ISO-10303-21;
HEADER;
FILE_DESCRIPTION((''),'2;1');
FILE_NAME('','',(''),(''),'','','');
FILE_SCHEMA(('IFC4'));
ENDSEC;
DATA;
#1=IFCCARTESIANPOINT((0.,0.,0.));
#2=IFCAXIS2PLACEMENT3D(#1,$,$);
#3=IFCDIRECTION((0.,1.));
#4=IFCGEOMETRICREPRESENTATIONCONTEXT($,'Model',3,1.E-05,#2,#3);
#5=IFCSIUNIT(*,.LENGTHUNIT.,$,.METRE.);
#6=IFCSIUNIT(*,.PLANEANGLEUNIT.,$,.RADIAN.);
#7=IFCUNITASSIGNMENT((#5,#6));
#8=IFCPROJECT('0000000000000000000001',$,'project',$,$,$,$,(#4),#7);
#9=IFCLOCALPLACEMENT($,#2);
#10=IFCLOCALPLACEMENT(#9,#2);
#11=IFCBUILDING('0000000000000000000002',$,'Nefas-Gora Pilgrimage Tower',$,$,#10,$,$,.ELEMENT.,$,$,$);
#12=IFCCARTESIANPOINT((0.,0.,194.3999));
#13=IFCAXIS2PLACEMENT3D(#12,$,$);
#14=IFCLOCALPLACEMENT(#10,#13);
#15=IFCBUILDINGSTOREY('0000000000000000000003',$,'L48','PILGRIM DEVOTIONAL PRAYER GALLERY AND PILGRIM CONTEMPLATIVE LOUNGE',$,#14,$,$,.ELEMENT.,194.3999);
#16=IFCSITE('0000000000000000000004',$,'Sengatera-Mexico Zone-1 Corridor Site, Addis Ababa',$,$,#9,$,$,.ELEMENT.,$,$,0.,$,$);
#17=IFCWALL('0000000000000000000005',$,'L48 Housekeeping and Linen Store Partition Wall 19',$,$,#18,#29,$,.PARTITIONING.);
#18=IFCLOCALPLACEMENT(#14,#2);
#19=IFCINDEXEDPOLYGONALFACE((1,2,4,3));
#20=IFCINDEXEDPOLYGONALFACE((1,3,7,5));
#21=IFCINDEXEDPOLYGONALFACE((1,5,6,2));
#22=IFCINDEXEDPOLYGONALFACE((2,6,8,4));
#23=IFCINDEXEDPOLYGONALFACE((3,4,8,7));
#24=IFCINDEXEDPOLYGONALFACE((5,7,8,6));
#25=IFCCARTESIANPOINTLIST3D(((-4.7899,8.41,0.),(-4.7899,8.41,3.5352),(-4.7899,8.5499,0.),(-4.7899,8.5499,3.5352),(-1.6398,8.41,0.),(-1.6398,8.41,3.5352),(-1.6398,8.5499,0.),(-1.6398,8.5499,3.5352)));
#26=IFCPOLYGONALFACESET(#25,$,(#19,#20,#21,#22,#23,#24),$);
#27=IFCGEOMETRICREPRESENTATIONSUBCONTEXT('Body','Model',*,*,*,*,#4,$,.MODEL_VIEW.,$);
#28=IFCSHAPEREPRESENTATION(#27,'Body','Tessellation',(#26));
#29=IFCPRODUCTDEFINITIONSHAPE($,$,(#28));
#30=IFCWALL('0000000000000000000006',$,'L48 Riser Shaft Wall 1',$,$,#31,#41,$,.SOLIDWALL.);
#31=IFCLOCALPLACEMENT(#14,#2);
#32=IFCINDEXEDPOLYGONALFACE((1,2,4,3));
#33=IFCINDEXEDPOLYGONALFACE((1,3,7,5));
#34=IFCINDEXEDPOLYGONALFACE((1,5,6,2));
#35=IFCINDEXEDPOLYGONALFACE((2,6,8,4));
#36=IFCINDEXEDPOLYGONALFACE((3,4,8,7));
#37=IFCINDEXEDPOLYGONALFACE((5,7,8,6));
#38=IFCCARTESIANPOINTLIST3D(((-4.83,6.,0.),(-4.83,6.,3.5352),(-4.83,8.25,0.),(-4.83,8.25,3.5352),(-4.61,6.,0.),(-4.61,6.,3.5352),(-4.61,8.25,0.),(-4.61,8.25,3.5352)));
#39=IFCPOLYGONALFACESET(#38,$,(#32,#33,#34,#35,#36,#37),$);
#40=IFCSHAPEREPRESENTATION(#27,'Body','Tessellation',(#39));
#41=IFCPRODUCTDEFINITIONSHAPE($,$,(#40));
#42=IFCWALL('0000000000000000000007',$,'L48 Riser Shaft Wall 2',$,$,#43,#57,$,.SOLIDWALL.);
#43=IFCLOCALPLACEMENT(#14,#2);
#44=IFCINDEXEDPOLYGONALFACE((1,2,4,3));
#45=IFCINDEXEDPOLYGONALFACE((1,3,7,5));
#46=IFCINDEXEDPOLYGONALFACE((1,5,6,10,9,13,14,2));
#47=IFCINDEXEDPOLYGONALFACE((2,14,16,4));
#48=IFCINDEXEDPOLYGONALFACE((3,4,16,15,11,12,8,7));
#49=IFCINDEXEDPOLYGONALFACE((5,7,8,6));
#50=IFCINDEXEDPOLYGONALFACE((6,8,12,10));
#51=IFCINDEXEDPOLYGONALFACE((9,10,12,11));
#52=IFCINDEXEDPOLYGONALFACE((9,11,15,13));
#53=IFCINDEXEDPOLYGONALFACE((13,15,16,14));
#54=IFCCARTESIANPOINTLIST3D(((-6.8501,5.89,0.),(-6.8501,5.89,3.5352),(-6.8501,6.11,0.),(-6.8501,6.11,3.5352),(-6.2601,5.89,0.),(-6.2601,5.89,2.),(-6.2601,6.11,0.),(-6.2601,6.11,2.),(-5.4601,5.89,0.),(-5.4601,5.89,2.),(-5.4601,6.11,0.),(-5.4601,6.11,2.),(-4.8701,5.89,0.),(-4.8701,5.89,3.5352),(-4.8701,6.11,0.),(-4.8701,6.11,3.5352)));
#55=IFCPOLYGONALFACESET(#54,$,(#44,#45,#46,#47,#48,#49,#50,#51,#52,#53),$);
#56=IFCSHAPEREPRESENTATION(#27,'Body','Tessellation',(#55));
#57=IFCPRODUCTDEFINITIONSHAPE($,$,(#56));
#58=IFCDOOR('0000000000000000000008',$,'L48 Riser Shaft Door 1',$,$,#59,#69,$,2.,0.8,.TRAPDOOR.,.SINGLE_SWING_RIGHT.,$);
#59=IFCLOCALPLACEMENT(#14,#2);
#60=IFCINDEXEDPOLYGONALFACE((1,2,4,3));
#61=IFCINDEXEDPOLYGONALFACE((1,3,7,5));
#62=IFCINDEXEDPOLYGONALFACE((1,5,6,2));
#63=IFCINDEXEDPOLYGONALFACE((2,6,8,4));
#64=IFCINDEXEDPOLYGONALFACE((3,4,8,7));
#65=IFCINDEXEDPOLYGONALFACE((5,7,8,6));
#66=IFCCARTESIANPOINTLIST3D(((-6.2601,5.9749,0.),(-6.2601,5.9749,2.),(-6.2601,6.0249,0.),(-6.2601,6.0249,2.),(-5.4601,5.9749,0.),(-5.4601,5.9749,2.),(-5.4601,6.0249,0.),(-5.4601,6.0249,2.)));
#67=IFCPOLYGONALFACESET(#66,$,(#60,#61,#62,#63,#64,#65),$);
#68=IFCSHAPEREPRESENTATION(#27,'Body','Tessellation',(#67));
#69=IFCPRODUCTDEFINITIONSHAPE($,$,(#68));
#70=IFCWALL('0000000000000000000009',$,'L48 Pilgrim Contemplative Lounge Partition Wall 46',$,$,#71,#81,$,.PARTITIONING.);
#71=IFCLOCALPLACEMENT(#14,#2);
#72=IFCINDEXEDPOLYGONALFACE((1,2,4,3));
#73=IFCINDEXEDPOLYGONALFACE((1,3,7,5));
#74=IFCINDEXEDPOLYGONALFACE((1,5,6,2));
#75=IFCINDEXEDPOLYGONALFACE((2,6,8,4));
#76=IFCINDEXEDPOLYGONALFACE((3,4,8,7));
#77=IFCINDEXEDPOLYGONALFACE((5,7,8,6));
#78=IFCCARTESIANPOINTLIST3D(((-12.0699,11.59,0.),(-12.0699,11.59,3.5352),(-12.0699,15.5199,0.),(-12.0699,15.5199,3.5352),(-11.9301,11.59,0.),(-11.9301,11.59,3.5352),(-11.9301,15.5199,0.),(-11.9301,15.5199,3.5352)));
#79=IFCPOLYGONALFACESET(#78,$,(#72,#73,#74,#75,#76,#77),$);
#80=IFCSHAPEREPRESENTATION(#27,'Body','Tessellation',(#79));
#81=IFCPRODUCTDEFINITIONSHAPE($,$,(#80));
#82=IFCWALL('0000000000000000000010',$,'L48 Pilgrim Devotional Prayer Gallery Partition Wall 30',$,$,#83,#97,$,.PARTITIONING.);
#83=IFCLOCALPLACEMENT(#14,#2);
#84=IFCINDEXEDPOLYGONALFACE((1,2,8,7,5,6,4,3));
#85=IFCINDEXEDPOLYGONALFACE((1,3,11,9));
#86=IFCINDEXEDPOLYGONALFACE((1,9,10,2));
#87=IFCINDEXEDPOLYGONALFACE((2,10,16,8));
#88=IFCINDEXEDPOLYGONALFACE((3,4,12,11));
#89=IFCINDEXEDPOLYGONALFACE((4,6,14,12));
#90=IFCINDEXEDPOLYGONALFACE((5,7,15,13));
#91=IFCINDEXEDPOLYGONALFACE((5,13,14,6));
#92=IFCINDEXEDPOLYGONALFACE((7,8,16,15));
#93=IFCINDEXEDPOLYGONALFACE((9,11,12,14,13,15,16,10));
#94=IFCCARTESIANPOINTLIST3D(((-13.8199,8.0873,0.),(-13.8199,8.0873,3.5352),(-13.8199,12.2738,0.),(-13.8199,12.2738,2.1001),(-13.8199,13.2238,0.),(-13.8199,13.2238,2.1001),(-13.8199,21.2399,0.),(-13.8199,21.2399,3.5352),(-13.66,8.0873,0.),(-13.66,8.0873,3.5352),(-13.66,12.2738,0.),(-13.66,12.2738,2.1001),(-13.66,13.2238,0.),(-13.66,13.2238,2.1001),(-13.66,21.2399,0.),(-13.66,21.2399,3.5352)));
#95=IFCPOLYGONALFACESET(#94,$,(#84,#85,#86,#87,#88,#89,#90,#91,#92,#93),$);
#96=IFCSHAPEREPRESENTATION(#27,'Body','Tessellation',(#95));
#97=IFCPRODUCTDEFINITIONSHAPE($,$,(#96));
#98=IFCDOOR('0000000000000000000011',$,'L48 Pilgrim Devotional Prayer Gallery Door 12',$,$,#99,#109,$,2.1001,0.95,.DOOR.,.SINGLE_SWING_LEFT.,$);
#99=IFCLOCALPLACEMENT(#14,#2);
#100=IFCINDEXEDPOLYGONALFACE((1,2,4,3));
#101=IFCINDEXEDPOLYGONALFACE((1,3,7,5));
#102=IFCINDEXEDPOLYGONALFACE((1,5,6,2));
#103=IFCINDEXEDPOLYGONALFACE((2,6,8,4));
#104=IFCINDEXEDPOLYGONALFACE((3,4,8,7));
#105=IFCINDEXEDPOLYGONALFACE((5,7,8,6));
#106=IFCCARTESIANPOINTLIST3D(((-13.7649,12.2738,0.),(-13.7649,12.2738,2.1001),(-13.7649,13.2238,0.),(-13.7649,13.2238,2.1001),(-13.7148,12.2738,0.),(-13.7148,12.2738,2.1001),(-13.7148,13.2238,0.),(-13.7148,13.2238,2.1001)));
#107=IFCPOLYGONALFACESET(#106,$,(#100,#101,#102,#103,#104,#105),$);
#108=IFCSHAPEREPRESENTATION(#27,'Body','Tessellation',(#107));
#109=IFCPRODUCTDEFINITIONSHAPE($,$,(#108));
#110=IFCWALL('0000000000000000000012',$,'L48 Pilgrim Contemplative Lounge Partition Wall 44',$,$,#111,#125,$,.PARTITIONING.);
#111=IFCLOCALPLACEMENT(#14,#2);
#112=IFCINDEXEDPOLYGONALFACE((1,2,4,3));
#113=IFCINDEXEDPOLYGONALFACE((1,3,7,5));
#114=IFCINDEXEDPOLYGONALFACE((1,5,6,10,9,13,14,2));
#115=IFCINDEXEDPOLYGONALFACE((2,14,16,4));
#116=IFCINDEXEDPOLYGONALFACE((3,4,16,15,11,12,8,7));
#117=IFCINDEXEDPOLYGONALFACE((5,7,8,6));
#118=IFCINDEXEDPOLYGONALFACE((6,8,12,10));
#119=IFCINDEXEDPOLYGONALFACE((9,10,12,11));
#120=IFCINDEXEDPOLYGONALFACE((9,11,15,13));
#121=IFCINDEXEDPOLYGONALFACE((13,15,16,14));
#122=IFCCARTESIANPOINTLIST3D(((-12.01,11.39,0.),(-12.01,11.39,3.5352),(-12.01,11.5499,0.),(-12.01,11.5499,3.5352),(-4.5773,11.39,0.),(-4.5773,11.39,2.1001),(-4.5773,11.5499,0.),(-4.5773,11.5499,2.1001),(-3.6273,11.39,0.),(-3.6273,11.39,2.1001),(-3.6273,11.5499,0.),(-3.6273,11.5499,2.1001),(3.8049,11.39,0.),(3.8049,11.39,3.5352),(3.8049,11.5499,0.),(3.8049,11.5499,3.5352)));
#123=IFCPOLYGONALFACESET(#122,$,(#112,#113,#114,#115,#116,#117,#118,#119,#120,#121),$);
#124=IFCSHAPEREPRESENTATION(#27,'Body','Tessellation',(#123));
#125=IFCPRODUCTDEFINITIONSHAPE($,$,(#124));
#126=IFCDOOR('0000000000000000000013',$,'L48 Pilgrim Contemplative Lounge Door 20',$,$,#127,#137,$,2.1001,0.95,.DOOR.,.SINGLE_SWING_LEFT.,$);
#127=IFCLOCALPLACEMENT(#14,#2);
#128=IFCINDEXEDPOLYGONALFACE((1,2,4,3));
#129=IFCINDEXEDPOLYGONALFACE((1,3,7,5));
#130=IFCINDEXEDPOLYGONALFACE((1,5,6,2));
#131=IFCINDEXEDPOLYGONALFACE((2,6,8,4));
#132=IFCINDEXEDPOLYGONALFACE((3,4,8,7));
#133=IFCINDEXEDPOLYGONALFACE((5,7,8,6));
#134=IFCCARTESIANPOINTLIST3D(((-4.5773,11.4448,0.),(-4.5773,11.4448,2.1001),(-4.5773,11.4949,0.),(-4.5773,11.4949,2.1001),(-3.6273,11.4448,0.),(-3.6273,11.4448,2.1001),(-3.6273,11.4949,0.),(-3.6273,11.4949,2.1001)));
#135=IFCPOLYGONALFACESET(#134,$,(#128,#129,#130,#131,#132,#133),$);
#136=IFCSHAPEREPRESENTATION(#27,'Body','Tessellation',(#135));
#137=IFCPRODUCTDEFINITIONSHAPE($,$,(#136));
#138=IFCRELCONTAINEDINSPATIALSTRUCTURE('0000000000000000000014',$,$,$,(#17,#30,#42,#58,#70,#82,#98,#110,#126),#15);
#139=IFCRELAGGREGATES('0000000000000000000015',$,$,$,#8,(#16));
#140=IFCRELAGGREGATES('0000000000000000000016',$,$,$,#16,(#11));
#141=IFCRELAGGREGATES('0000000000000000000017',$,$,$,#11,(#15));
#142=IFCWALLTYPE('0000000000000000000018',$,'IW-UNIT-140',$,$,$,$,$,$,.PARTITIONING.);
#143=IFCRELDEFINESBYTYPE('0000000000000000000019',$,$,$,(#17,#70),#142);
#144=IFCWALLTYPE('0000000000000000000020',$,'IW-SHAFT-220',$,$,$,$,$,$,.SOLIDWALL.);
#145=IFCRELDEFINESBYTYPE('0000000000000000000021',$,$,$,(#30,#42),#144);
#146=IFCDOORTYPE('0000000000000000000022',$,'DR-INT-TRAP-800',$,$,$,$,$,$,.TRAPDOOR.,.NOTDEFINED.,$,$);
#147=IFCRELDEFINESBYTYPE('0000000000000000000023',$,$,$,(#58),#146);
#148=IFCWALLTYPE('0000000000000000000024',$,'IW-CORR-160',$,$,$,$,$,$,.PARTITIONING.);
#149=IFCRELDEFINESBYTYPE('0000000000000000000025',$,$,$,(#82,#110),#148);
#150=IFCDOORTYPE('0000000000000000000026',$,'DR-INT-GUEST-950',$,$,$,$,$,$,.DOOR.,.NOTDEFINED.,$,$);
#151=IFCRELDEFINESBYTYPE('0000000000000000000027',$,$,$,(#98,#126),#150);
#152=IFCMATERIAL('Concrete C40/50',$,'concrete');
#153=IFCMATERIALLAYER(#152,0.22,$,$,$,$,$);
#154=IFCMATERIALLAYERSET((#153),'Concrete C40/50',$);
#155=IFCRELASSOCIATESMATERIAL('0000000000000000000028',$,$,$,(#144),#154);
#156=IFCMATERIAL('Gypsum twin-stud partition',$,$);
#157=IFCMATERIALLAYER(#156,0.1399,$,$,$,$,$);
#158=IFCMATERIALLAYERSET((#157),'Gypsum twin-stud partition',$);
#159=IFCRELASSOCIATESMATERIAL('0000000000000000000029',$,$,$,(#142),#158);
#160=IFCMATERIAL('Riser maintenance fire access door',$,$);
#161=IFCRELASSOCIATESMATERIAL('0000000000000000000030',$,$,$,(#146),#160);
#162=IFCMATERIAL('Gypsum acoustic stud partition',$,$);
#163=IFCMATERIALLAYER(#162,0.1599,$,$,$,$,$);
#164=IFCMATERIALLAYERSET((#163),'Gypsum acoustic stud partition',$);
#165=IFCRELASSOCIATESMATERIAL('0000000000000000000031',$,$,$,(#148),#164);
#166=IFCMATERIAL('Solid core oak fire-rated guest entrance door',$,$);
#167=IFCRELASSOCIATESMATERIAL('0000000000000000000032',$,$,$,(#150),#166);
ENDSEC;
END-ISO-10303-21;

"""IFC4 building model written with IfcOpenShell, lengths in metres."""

from ifc_helpers import new_model, si_unit, direction, frame, frame_2d, origin, place, context, subcontext, project, spatial, rectangle, extrude, source, transform, mapped, material, layer, layer_set, type_object, element, fill, save


model = new_model("IFC4")

# Units and contexts
model_context = context("Model", 3, precision=1e-05, world=origin(), true_north=direction((0.0, 1.0)))
body_context = subcontext(model_context, "Body", "Model", "MODEL_VIEW")
ifc_project = project(units=[si_unit("LENGTHUNIT", "METRE"), si_unit("PLANEANGLEUNIT", "RADIAN")], contexts=[model_context])

# Site, building, storey
site_placement = place(None, origin())
site = spatial("IfcSite", under=ifc_project, at=site_placement, Name="Sengatera-Mexico Zone-1 Corridor Site, Addis Ababa", CompositionType="ELEMENT", RefElevation=0.0)
building_placement = place(site_placement, origin())
building = spatial("IfcBuilding", under=site, at=building_placement, Name="Nefas-Gora Pilgrimage Tower", CompositionType="ELEMENT")
storey_placement = place(building_placement, frame((0.0, 0.0, 194.3999)))
storey = spatial("IfcBuildingStorey", under=building, at=storey_placement, Name="L48", Description="PILGRIM DEVOTIONAL PRAYER GALLERY AND PILGRIM CONTEMPLATIVE LOUNGE", CompositionType="ELEMENT", Elevation=194.3999)

# Shared definitions
ifc_material_1 = material(Name="Concrete C40/50", Category="concrete")
ifc_layer_1 = layer(ifc_material_1, 0.22)
ifc_layer_set_1 = layer_set([ifc_layer_1], Name="Concrete C40/50")
wall_type_1 = type_object("IfcWallType", Name="IW-SHAFT-220", PredefinedType="SOLIDWALL", material=ifc_layer_set_1)

# Walls
ifc_material_2 = material(Name="Gypsum twin-stud partition")
ifc_layer_2 = layer(ifc_material_2, 0.1399)
ifc_layer_set_2 = layer_set([ifc_layer_2], Name="Gypsum twin-stud partition")
wall_type_2 = type_object("IfcWallType", Name="IW-UNIT-140", PredefinedType="PARTITIONING", material=ifc_layer_set_2)
shared_shape_1 = source(origin(), body_context, "Body", "SweptSolid", [
    extrude(rectangle(XDim=3.1501, YDim=0.1399, at=frame_2d((1.5752, 0.0))), origin(), (0.0, 0.0, 1.0), 3.5352),
])
wall_1_placement = place(storey_placement, frame((-4.79, 8.48, 0.0), z_axis=(0.0, 0.0, 1.0), x_axis=(1.0, 0.0, 0.0)))
element("IfcWall", 1, at=wall_1_placement, inside=storey, type_object=wall_type_2, Name="L48 Housekeeping and Linen Store Partition Wall 19", PredefinedType="PARTITIONING", context=body_context, shape_type="MappedRepresentation", body=[
    mapped(shared_shape_1, transform((0.0, 0.0, 0.0), x_axis=(1.0, 0.0, 0.0), y_axis=(0.0, 1.0, 0.0), z_axis=(0.0, 0.0, 1.0), scale=1.0)),
])
shared_shape_2 = source(origin(), body_context, "Body", "SweptSolid", [
    extrude(rectangle(XDim=2.25, YDim=0.22, at=frame_2d((1.125, 0.0))), origin(), (0.0, 0.0, 1.0), 3.5352),
])
wall_2_placement = place(storey_placement, frame((-4.72, 6.0, 0.0), z_axis=(0.0, 0.0, 1.0), x_axis=(0.0, 1.0, 0.0)))
element("IfcWall", 2, at=wall_2_placement, inside=storey, type_object=wall_type_1, Name="L48 Riser Shaft Wall 1", PredefinedType="SOLIDWALL", context=body_context, shape_type="MappedRepresentation", body=[
    mapped(shared_shape_2, transform((0.0, 0.0, 0.0), x_axis=(1.0, 0.0, 0.0), y_axis=(0.0, 1.0, 0.0), z_axis=(0.0, 0.0, 1.0), scale=1.0)),
])

# Wall, opening, door
shared_shape_3 = source(origin(), body_context, "Body", "SweptSolid", [
    extrude(rectangle(XDim=1.98, YDim=0.22, at=frame_2d((0.99, 0.0))), origin(), (0.0, 0.0, 1.0), 3.5352),
])
wall_3_placement = place(storey_placement, frame((-6.8501, 6.0, 0.0), z_axis=(0.0, 0.0, 1.0), x_axis=(1.0, 0.0, 0.0)))
wall_3 = element("IfcWall", 3, at=wall_3_placement, inside=storey, type_object=wall_type_1, Name="L48 Riser Shaft Wall 2", PredefinedType="SOLIDWALL", context=body_context, shape_type="MappedRepresentation", body=[
    mapped(shared_shape_3, transform((0.0, 0.0, 0.0), x_axis=(1.0, 0.0, 0.0), y_axis=(0.0, 1.0, 0.0), z_axis=(0.0, 0.0, 1.0), scale=1.0)),
])
opening_1_placement = place(wall_3_placement, frame((0.5901, 0.0, 0.0)))
opening_1 = element("IfcOpeningElement", 4, at=opening_1_placement, cuts=wall_3, PredefinedType="OPENING", context=body_context, shape_type="SweptSolid", body=[
    extrude(rectangle(XDim=0.8, YDim=2.0, at=frame_2d((0.3999, 1.0))), frame((0.0, 0.1199, 0.0), z_axis=(0.0, -1.0, 0.0), x_axis=(1.0, 0.0, 0.0)), (0.0, 0.0, 1.0), 0.24),
])
ifc_material_3 = material(Name="Riser maintenance fire access door")
door_type_1 = type_object("IfcDoorType", Name="DR-INT-TRAP-800", OperationType="NOTDEFINED", PredefinedType="TRAPDOOR", material=ifc_material_3)
shared_shape_4 = source(origin(), body_context, "Body", "SweptSolid", [
    extrude(rectangle(XDim=0.8, YDim=2.0, at=frame_2d((0.3999, 1.0))), frame((0.0, 0.0249, 0.0), z_axis=(0.0, -1.0, 0.0), x_axis=(1.0, 0.0, 0.0)), (0.0, 0.0, 1.0), 0.05),
])
door_1_placement = place(opening_1_placement, origin())
door_1 = element("IfcDoor", 5, at=door_1_placement, inside=storey, type_object=door_type_1, Name="L48 Riser Shaft Door 1", OperationType="SINGLE_SWING_RIGHT", OverallHeight=2.0, OverallWidth=0.8, PredefinedType="TRAPDOOR", context=body_context, shape_type="MappedRepresentation", body=[
    mapped(shared_shape_4, transform((0.0, 0.0, 0.0), x_axis=(1.0, 0.0, 0.0), y_axis=(0.0, 1.0, 0.0), z_axis=(0.0, 0.0, 1.0), scale=1.0)),
])
fill(opening_1, door_1)

# Wall
shared_shape_5 = source(origin(), body_context, "Body", "SweptSolid", [
    extrude(rectangle(XDim=3.9299, YDim=0.1399, at=frame_2d((1.9648, 0.0))), origin(), (0.0, 0.0, 1.0), 3.5352),
])
wall_4_placement = place(storey_placement, frame((-12.0, 11.5901, 0.0), z_axis=(0.0, 0.0, 1.0), x_axis=(0.0, 1.0, 0.0)))
element("IfcWall", 6, at=wall_4_placement, inside=storey, type_object=wall_type_2, Name="L48 Pilgrim Contemplative Lounge Partition Wall 46", PredefinedType="PARTITIONING", context=body_context, shape_type="MappedRepresentation", body=[
    mapped(shared_shape_5, transform((0.0, 0.0, 0.0), x_axis=(1.0, 0.0, 0.0), y_axis=(0.0, 1.0, 0.0), z_axis=(0.0, 0.0, 1.0), scale=1.0)),
])

# Walls, openings, doors
ifc_material_4 = material(Name="Gypsum acoustic stud partition")
ifc_layer_3 = layer(ifc_material_4, 0.1599)
ifc_layer_set_3 = layer_set([ifc_layer_3], Name="Gypsum acoustic stud partition")
wall_type_3 = type_object("IfcWallType", Name="IW-CORR-160", PredefinedType="PARTITIONING", material=ifc_layer_set_3)
shared_shape_6 = source(origin(), body_context, "Body", "SweptSolid", [
    extrude(rectangle(XDim=13.1526, YDim=0.1599, at=frame_2d((6.5762, 0.0))), origin(), (0.0, 0.0, 1.0), 3.5352),
])
wall_5_placement = place(storey_placement, frame((-13.74, 8.0874, 0.0), z_axis=(0.0, 0.0, 1.0), x_axis=(0.0, 1.0, 0.0)))
wall_5 = element("IfcWall", 7, at=wall_5_placement, inside=storey, type_object=wall_type_3, Name="L48 Pilgrim Devotional Prayer Gallery Partition Wall 30", PredefinedType="PARTITIONING", context=body_context, shape_type="MappedRepresentation", body=[
    mapped(shared_shape_6, transform((0.0, 0.0, 0.0), x_axis=(1.0, 0.0, 0.0), y_axis=(0.0, 1.0, 0.0), z_axis=(0.0, 0.0, 1.0), scale=1.0)),
])
opening_2_placement = place(wall_5_placement, frame((4.1863, 0.0, 0.0)))
opening_2 = element("IfcOpeningElement", 8, at=opening_2_placement, cuts=wall_5, PredefinedType="OPENING", context=body_context, shape_type="SweptSolid", body=[
    extrude(rectangle(XDim=0.95, YDim=2.1001, at=frame_2d((0.4751, 1.05))), frame((0.0, 0.0898, 0.0), z_axis=(0.0, -1.0, 0.0), x_axis=(1.0, 0.0, 0.0)), (0.0, 0.0, 1.0), 0.1799),
])
ifc_material_5 = material(Name="Solid core oak fire-rated guest entrance door")
door_type_2 = type_object("IfcDoorType", Name="DR-INT-GUEST-950", OperationType="NOTDEFINED", PredefinedType="DOOR", material=ifc_material_5)
shared_shape_7 = source(origin(), body_context, "Body", "SweptSolid", [
    extrude(rectangle(XDim=0.95, YDim=2.1001, at=frame_2d((0.4751, 1.05))), frame((0.0, 0.0249, 0.0), z_axis=(0.0, -1.0, 0.0), x_axis=(1.0, 0.0, 0.0)), (0.0, 0.0, 1.0), 0.05),
])
door_2_placement = place(opening_2_placement, origin())
door_2 = element("IfcDoor", 9, at=door_2_placement, inside=storey, type_object=door_type_2, Name="L48 Pilgrim Devotional Prayer Gallery Door 12", OperationType="SINGLE_SWING_LEFT", OverallHeight=2.1001, OverallWidth=0.95, PredefinedType="DOOR", context=body_context, shape_type="MappedRepresentation", body=[
    mapped(shared_shape_7, transform((0.0, 0.0, 0.0), x_axis=(1.0, 0.0, 0.0), y_axis=(0.0, 1.0, 0.0), z_axis=(0.0, 0.0, 1.0), scale=1.0)),
])
fill(opening_2, door_2)
shared_shape_8 = source(origin(), body_context, "Body", "SweptSolid", [
    extrude(rectangle(XDim=15.8149, YDim=0.1599, at=frame_2d((7.9075, 0.0))), origin(), (0.0, 0.0, 1.0), 3.5352),
])
wall_6_placement = place(storey_placement, frame((-12.01, 11.47, 0.0), z_axis=(0.0, 0.0, 1.0), x_axis=(1.0, 0.0, 0.0)))
wall_6 = element("IfcWall", 10, at=wall_6_placement, inside=storey, type_object=wall_type_3, Name="L48 Pilgrim Contemplative Lounge Partition Wall 44", PredefinedType="PARTITIONING", context=body_context, shape_type="MappedRepresentation", body=[
    mapped(shared_shape_8, transform((0.0, 0.0, 0.0), x_axis=(1.0, 0.0, 0.0), y_axis=(0.0, 1.0, 0.0), z_axis=(0.0, 0.0, 1.0), scale=1.0)),
])
opening_3_placement = place(wall_6_placement, frame((7.4326, 0.0, 0.0)))
opening_3 = element("IfcOpeningElement", 11, at=opening_3_placement, cuts=wall_6, PredefinedType="OPENING", context=body_context, shape_type="SweptSolid", body=[
    extrude(rectangle(XDim=0.95, YDim=2.1001, at=frame_2d((0.4751, 1.05))), frame((0.0, 0.0898, 0.0), z_axis=(0.0, -1.0, 0.0), x_axis=(1.0, 0.0, 0.0)), (0.0, 0.0, 1.0), 0.1799),
])
door_3_placement = place(opening_3_placement, origin())
door_3 = element("IfcDoor", 12, at=door_3_placement, inside=storey, type_object=door_type_2, Name="L48 Pilgrim Contemplative Lounge Door 20", OperationType="SINGLE_SWING_LEFT", OverallHeight=2.1001, OverallWidth=0.95, PredefinedType="DOOR", context=body_context, shape_type="MappedRepresentation", body=[
    mapped(shared_shape_7, transform((0.0, 0.0, 0.0), x_axis=(1.0, 0.0, 0.0), y_axis=(0.0, 1.0, 0.0), z_axis=(0.0, 0.0, 1.0), scale=1.0)),
])
fill(opening_3, door_3)

save(model, "model.ifc")
